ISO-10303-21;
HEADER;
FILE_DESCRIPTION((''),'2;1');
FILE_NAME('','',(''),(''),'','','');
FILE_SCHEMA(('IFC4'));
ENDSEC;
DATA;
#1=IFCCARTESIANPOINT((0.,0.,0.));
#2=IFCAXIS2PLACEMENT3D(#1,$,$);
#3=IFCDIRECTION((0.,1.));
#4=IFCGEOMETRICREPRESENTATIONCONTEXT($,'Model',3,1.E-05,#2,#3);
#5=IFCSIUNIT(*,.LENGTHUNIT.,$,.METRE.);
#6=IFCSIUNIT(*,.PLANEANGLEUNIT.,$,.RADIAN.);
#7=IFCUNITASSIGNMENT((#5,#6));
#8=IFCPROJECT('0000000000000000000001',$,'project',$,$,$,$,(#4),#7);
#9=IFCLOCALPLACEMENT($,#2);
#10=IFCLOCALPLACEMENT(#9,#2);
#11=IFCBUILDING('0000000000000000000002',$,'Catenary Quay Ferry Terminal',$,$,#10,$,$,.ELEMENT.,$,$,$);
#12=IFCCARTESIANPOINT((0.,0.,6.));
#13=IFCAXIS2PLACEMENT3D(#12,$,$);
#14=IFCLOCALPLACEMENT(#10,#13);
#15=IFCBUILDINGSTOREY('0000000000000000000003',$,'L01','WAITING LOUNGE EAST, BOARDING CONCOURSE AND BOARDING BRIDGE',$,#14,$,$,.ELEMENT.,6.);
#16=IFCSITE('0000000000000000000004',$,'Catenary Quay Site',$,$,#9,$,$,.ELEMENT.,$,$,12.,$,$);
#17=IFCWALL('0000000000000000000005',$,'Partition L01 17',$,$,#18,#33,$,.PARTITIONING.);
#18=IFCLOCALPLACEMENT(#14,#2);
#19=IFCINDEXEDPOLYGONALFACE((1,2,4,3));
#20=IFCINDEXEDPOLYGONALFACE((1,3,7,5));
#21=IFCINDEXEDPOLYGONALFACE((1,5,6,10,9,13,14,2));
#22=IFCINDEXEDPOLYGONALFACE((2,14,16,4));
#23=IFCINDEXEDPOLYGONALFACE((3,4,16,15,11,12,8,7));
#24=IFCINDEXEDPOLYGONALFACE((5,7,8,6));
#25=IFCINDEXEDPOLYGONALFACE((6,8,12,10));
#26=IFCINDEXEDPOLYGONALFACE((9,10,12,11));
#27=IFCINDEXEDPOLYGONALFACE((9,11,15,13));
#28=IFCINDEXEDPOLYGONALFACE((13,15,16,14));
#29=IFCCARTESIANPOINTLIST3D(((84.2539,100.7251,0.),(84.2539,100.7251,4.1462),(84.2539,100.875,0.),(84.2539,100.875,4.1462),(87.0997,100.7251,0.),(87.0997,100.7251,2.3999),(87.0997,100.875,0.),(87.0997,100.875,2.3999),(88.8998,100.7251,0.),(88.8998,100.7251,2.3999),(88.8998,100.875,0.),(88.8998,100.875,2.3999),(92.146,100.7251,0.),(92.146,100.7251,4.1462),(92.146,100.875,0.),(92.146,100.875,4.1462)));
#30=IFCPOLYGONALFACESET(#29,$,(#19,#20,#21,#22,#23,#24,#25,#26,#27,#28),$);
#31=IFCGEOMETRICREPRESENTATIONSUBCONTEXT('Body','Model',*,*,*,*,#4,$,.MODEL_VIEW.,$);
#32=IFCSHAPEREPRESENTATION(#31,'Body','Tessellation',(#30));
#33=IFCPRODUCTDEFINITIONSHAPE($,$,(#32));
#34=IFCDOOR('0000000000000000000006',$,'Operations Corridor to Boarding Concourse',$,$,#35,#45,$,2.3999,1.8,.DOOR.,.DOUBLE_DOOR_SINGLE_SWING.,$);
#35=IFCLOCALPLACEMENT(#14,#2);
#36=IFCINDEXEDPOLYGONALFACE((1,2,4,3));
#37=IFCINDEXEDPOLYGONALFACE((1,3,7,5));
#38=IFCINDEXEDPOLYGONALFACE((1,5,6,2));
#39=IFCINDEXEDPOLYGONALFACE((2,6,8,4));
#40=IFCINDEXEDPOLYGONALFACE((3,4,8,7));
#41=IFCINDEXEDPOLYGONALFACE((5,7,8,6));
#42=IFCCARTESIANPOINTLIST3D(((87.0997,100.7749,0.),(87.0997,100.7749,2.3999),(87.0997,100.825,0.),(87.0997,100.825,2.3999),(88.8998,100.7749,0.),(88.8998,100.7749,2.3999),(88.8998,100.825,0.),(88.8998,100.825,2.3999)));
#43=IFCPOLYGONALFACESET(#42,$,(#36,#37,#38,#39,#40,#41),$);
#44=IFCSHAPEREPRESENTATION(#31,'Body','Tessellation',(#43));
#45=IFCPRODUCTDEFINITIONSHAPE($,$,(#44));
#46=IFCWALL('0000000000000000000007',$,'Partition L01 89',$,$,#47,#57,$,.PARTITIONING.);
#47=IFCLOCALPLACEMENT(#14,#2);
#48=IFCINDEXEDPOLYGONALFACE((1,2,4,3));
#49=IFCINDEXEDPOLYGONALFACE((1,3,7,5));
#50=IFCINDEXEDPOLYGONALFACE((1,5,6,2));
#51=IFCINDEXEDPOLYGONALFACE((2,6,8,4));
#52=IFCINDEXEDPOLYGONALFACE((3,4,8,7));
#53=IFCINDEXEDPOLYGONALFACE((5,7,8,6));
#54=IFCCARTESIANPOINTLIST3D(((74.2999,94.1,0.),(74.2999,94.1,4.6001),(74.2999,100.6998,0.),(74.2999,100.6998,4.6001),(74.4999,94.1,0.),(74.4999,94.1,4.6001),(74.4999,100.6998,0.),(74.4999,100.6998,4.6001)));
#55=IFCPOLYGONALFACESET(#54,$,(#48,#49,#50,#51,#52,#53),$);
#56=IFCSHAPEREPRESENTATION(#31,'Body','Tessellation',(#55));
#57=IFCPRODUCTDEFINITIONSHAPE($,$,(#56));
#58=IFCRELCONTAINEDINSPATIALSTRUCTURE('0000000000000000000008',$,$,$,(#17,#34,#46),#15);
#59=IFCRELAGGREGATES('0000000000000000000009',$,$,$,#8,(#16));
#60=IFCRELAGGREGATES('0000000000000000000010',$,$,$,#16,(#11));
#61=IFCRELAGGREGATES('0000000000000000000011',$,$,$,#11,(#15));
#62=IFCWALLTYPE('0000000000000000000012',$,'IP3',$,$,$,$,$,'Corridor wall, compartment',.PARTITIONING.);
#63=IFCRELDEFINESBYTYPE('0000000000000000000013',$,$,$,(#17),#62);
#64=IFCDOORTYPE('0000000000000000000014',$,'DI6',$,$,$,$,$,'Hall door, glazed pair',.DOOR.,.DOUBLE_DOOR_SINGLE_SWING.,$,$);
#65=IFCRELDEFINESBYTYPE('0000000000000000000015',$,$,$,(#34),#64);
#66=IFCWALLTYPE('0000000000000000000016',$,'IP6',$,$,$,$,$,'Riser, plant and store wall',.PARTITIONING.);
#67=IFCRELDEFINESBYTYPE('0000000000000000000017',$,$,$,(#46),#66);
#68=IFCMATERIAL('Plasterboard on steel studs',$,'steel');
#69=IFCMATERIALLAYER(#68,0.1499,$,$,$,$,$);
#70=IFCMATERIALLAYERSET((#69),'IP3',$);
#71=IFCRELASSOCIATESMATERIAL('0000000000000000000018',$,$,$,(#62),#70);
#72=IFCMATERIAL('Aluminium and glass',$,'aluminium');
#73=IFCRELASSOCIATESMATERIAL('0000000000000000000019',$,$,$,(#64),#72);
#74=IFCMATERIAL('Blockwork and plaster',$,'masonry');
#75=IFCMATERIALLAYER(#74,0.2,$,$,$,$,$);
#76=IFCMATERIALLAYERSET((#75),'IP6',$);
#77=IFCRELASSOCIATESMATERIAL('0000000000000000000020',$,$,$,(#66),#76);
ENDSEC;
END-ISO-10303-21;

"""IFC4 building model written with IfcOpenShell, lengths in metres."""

from ifc_helpers import new_model, si_unit, direction, frame, frame_2d, origin, place, context, subcontext, project, spatial, rectangle, extrude, material, layer, layer_set, type_object, element, fill, save


model = new_model("IFC4")

# Units and contexts
model_context = context("Model", 3, precision=1e-05, world=origin(), true_north=direction((0.0, 1.0)))
body_context = subcontext(model_context, "Body", "Model", "MODEL_VIEW")
ifc_project = project(units=[si_unit("LENGTHUNIT", "METRE"), si_unit("PLANEANGLEUNIT", "RADIAN")], contexts=[model_context])

# Site, building, storey
site_placement = place(None, origin())
site = spatial("IfcSite", under=ifc_project, at=site_placement, Name="Catenary Quay Site", CompositionType="ELEMENT", RefElevation=12.0)
building_placement = place(site_placement, origin())
building = spatial("IfcBuilding", under=site, at=building_placement, Name="Catenary Quay Ferry Terminal", CompositionType="ELEMENT")
storey_placement = place(building_placement, frame((0.0, 0.0, 6.0)))
storey = spatial("IfcBuildingStorey", under=building, at=storey_placement, Name="L01", Description="WAITING LOUNGE EAST, BOARDING CONCOURSE AND BOARDING BRIDGE", CompositionType="ELEMENT", Elevation=6.0)

# Shared definitions
ifc_material_1 = material(Name="Plasterboard on steel studs", Category="steel")
ifc_layer_1 = layer(ifc_material_1, 0.1499)
ifc_layer_set_1 = layer_set([ifc_layer_1], Name="IP3")
wall_type_1 = type_object("IfcWallType", Name="IP3", ElementType="Corridor wall, compartment", PredefinedType="PARTITIONING", material=ifc_layer_set_1)

# Wall, opening, door
wall_1_placement = place(storey_placement, frame((84.2539, 100.8, 0.0), z_axis=(0.0, 0.0, 1.0), x_axis=(1.0, 0.0, 0.0)))
wall_1 = element("IfcWall", 1, at=wall_1_placement, inside=storey, type_object=wall_type_1, Name="Partition L01 17", PredefinedType="PARTITIONING", context=body_context, shape_type="SweptSolid", body=[
    extrude(rectangle(XDim=7.8921, YDim=0.1499, at=frame_2d((3.946, 0.0))), origin(), (0.0, 0.0, 1.0), 4.1462),
])
opening_placement = place(wall_1_placement, frame((2.8459, 0.0, 0.0)))
opening = element("IfcOpeningElement", 2, at=opening_placement, cuts=wall_1, PredefinedType="OPENING", context=body_context, shape_type="SweptSolid", body=[
    extrude(rectangle(XDim=1.8, YDim=2.3999, at=frame_2d((0.8999, 1.2))), frame((0.0, 0.085, 0.0), z_axis=(0.0, -1.0, 0.0), x_axis=(1.0, 0.0, 0.0)), (0.0, 0.0, 1.0), 0.1699),
])
ifc_material_2 = material(Name="Aluminium and glass", Category="aluminium")
door_type = type_object("IfcDoorType", Name="DI6", ElementType="Hall door, glazed pair", OperationType="DOUBLE_DOOR_SINGLE_SWING", PredefinedType="DOOR", material=ifc_material_2)
door_placement = place(opening_placement, origin())
door = element("IfcDoor", 3, at=door_placement, inside=storey, type_object=door_type, Name="Operations Corridor to Boarding Concourse", OperationType="DOUBLE_DOOR_SINGLE_SWING", OverallHeight=2.3999, OverallWidth=1.8, PredefinedType="DOOR", context=body_context, shape_type="SweptSolid", body=[
    extrude(rectangle(XDim=1.8, YDim=2.3999, at=frame_2d((0.8999, 1.2))), frame((0.0, 0.0249, 0.0), z_axis=(0.0, -1.0, 0.0), x_axis=(1.0, 0.0, 0.0)), (0.0, 0.0, 1.0), 0.05),
])
fill(opening, door)

# Wall
ifc_material_3 = material(Name="Blockwork and plaster", Category="masonry")
ifc_layer_2 = layer(ifc_material_3, 0.2)
ifc_layer_set_2 = layer_set([ifc_layer_2], Name="IP6")
wall_type_2 = type_object("IfcWallType", Name="IP6", ElementType="Riser, plant and store wall", PredefinedType="PARTITIONING", material=ifc_layer_set_2)
wall_2_placement = place(storey_placement, frame((74.3999, 94.1001, 0.0), z_axis=(0.0, 0.0, 1.0), x_axis=(0.0, 1.0, 0.0)))
element("IfcWall", 4, at=wall_2_placement, inside=storey, type_object=wall_type_2, Name="Partition L01 89", PredefinedType="PARTITIONING", context=body_context, shape_type="SweptSolid", body=[
    extrude(rectangle(XDim=6.5999, YDim=0.2, at=frame_2d((3.2998, 0.0))), origin(), (0.0, 0.0, 1.0), 4.6001),
])

save(model, "model.ifc")
